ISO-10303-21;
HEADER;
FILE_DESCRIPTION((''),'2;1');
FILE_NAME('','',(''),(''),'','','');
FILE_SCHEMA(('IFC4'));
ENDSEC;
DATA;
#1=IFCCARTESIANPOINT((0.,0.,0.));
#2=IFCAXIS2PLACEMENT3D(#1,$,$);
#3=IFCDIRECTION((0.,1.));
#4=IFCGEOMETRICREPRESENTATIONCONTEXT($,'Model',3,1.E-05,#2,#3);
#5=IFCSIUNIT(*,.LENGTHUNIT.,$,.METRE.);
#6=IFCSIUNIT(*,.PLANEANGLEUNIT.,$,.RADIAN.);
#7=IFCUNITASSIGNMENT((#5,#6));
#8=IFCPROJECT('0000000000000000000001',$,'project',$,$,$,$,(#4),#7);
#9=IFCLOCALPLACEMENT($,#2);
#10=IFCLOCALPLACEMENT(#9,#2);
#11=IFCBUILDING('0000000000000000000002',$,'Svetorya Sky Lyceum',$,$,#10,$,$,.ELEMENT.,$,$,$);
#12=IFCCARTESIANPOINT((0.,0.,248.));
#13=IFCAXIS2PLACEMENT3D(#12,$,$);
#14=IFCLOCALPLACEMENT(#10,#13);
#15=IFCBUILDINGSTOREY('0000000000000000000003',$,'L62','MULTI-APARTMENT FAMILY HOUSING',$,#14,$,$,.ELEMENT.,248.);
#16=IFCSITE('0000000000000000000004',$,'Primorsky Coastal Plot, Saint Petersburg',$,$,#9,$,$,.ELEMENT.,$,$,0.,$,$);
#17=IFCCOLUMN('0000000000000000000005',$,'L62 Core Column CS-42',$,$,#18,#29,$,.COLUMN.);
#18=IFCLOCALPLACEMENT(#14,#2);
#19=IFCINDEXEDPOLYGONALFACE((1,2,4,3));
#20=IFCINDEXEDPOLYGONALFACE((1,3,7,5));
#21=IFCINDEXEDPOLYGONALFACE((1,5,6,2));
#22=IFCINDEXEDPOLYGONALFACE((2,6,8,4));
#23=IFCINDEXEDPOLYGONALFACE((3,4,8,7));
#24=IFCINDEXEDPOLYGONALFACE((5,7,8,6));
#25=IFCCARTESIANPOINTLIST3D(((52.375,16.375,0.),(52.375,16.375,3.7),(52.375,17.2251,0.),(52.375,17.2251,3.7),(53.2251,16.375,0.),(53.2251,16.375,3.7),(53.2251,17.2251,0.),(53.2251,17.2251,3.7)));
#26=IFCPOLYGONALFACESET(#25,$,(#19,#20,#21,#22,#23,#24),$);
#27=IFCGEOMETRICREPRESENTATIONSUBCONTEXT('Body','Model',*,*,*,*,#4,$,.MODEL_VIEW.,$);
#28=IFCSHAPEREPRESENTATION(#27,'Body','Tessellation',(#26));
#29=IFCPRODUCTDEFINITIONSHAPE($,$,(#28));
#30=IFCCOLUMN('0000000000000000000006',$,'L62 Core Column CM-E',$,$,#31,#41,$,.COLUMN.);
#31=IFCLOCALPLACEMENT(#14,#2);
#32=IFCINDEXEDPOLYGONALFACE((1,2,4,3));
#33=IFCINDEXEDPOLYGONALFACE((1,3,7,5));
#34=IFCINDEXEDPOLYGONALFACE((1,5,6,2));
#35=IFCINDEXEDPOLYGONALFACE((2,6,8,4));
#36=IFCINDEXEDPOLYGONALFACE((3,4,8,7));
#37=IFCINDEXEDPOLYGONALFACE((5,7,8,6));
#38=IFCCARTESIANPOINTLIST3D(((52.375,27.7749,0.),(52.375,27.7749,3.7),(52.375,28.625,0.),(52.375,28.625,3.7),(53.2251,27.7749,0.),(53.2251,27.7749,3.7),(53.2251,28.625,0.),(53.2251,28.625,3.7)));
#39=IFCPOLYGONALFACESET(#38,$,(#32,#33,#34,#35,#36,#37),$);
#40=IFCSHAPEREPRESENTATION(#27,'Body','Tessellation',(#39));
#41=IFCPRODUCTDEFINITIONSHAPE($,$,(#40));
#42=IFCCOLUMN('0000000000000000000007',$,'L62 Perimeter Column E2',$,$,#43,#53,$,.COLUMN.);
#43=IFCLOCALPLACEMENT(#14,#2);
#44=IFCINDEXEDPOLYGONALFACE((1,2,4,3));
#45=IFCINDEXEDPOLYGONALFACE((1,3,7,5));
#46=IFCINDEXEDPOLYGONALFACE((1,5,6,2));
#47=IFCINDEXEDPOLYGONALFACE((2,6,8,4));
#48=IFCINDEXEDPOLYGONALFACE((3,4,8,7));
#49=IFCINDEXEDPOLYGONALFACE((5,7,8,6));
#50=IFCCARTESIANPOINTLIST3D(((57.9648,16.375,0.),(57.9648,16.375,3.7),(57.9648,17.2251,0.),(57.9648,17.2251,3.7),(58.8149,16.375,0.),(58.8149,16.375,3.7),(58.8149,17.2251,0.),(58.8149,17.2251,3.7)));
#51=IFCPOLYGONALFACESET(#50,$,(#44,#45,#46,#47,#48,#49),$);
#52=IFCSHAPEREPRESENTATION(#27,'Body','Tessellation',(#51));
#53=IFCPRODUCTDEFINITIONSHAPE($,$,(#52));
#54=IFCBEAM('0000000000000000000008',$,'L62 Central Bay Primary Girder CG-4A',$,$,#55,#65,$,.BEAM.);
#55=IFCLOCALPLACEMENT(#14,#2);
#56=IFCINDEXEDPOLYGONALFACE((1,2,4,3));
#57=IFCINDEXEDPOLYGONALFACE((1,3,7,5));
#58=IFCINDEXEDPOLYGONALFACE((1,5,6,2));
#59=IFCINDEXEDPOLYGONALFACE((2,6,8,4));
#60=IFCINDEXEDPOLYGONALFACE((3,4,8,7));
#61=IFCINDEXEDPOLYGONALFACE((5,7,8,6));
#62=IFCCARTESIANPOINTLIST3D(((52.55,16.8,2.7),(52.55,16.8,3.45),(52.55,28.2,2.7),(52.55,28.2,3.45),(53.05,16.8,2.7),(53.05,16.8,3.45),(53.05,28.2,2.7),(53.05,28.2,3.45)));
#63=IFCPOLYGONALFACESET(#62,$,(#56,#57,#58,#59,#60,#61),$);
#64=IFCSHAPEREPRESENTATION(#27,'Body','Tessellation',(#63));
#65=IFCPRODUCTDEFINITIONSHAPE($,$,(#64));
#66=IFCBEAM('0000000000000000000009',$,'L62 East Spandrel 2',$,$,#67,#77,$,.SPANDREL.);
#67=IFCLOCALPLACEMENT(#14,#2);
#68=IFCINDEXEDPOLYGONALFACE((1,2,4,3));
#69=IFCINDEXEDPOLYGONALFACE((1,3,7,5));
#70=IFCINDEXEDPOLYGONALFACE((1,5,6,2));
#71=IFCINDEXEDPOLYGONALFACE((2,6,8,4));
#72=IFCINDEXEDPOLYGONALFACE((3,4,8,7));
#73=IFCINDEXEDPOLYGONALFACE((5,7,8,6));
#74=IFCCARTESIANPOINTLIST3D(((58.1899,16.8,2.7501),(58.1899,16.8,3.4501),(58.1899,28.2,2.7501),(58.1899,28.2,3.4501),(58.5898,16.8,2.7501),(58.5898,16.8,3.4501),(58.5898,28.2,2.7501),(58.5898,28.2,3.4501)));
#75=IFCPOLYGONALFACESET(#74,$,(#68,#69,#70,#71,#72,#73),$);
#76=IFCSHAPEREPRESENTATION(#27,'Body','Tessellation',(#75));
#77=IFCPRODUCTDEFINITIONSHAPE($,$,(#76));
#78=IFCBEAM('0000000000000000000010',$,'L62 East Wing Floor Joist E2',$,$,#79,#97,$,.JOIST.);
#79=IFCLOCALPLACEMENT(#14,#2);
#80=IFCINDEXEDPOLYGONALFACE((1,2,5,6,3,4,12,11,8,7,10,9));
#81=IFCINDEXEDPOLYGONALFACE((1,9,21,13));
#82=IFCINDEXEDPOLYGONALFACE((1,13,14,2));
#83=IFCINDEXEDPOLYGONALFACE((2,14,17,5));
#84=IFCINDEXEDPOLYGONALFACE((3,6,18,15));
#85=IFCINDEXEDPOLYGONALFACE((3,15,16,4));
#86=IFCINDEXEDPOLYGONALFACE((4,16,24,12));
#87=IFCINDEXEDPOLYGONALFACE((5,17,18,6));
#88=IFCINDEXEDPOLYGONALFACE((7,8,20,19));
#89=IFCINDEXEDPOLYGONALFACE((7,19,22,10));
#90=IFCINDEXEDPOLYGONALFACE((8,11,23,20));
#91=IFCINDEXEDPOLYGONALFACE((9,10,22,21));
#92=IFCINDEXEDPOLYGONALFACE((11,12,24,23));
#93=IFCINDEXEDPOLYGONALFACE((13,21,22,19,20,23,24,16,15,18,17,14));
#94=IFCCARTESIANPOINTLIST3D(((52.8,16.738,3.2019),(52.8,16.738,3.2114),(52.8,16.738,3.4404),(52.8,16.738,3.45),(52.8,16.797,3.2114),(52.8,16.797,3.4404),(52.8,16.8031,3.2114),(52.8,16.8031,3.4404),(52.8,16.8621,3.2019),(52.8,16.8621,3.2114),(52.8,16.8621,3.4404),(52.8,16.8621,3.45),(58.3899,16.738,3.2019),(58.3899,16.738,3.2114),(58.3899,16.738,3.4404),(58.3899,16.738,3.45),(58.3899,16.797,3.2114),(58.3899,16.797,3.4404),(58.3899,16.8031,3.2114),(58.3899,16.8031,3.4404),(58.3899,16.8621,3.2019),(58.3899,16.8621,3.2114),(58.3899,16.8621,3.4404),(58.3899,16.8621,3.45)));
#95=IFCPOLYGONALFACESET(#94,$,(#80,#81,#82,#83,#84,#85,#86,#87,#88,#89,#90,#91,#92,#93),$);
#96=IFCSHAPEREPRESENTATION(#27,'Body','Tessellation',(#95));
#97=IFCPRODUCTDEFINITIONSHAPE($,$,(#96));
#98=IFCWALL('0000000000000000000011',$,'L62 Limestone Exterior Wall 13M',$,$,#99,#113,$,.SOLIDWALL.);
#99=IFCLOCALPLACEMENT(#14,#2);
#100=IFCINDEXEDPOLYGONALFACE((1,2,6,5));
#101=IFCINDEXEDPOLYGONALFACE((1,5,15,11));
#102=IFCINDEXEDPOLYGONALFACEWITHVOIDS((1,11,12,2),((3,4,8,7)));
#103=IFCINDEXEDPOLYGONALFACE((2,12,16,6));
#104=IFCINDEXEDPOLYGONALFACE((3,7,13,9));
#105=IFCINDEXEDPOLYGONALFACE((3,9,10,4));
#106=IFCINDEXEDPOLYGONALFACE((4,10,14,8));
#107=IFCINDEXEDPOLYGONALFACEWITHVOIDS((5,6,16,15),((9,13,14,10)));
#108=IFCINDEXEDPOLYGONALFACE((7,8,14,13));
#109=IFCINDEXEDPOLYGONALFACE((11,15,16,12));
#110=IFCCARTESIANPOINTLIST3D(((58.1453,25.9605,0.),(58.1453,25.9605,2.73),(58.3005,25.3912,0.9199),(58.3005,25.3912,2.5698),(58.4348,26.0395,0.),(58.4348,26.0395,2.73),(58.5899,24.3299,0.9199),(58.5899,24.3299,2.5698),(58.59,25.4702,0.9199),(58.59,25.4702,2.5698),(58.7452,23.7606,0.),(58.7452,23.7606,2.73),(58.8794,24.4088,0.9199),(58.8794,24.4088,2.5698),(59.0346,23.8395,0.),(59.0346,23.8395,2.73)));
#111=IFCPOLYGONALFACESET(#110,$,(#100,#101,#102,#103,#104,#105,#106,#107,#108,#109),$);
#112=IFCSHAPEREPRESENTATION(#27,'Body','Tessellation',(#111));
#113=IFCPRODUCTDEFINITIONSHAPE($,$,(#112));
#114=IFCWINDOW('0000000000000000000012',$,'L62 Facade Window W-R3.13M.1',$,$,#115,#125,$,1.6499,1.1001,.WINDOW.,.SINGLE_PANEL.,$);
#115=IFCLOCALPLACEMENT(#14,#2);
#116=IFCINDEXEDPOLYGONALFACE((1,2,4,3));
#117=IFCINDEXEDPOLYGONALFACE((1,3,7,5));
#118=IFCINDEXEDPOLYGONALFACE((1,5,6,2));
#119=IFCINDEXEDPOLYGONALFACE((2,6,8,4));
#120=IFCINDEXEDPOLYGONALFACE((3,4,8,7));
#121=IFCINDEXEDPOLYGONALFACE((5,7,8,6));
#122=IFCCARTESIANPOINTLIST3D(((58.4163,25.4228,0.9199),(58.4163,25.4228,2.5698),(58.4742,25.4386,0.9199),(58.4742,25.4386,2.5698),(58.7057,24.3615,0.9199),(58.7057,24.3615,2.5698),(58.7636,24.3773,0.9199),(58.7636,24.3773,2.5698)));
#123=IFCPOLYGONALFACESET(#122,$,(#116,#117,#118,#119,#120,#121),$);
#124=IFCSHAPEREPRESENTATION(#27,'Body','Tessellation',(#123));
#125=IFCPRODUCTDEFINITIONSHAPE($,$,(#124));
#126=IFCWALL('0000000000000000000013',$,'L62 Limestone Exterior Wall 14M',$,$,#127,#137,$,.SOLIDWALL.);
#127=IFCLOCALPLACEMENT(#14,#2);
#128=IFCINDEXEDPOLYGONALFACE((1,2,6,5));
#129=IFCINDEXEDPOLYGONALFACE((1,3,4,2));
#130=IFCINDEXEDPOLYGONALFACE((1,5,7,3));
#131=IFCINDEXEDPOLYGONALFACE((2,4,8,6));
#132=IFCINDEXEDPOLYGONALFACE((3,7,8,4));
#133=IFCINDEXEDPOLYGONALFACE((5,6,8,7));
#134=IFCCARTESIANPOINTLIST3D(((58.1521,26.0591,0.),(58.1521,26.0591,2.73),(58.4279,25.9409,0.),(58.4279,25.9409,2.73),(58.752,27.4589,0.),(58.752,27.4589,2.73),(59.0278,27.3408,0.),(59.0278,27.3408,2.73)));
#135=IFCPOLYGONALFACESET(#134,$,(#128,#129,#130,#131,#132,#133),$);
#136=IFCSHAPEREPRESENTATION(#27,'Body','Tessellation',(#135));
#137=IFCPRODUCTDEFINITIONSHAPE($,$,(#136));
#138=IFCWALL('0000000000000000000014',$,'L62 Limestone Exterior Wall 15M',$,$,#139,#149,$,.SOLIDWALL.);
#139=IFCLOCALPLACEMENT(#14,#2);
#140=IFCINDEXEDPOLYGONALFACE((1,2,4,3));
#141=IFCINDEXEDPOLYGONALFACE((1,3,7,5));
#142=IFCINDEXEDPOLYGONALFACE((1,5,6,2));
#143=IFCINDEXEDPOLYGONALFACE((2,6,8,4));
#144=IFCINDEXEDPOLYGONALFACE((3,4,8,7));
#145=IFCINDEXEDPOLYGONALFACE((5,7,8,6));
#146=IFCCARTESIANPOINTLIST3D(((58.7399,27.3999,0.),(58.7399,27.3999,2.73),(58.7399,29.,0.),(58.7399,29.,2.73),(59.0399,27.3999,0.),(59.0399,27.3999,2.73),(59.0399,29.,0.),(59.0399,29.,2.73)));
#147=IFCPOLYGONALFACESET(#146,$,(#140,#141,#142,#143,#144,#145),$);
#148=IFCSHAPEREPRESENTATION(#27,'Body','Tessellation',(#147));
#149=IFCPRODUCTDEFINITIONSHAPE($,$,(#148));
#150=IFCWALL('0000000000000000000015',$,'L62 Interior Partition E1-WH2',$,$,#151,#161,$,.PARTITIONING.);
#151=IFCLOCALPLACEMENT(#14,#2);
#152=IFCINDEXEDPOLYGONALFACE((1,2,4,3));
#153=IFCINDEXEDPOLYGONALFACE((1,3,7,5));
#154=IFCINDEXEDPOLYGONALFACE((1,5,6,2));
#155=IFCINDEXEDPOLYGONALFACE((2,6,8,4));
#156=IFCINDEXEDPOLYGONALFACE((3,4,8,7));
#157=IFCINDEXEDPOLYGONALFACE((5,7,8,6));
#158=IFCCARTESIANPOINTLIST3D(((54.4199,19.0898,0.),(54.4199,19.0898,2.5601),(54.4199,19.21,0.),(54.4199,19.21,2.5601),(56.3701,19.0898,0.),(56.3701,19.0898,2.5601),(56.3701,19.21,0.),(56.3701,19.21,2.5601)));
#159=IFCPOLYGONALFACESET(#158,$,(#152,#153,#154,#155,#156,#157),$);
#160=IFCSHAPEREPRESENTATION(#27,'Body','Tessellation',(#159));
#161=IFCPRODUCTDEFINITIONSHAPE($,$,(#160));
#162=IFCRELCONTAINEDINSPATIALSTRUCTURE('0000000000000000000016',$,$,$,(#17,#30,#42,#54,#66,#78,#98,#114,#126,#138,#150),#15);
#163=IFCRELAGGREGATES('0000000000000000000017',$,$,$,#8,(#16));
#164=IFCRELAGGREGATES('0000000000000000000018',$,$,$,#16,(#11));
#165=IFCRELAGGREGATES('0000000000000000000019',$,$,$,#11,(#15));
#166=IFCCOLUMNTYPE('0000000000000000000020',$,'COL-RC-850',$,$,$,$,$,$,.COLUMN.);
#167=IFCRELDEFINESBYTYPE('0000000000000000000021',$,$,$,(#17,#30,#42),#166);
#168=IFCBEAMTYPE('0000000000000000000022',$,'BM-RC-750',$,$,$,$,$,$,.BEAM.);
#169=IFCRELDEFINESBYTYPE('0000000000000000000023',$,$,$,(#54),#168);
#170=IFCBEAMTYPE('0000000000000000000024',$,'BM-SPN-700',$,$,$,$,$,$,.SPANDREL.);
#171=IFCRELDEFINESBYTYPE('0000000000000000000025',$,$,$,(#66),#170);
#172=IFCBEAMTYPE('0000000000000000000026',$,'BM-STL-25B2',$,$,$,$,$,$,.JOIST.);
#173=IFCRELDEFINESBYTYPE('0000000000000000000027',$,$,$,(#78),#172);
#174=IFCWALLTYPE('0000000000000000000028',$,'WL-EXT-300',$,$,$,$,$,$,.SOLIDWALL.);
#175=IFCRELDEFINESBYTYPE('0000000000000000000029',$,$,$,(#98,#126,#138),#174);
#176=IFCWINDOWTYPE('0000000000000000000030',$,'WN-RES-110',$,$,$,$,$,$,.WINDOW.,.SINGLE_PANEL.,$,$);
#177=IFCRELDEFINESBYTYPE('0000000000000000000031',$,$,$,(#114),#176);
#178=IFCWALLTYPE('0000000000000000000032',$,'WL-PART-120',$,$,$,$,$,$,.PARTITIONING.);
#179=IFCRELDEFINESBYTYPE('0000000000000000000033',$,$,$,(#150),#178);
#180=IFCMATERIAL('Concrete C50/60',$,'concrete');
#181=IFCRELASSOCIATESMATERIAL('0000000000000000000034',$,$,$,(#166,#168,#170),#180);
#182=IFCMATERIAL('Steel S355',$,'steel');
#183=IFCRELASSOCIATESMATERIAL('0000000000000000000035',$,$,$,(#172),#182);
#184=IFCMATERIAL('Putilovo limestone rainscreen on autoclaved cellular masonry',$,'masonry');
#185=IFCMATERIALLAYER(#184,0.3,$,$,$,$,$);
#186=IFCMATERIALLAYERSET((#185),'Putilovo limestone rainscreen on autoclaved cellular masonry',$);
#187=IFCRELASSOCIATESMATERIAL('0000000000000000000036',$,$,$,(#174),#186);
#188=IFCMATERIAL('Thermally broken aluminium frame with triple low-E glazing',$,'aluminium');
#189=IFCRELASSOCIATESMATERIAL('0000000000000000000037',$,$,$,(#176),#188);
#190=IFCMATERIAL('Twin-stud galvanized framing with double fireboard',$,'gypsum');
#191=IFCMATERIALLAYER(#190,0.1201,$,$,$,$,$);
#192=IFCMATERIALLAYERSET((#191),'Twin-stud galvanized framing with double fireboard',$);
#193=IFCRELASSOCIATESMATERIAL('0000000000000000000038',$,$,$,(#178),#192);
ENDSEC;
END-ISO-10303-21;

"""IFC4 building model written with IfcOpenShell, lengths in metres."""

from ifc_helpers import new_model, si_unit, direction, frame, frame_2d, origin, origin_2d, place, context, subcontext, project, spatial, rectangle, i_section, extrude, material, layer, layer_set, material_profile, profile_set, type_object, element, fill, save


model = new_model("IFC4")

# Units and contexts
model_context = context("Model", 3, precision=1e-05, world=origin(), true_north=direction((0.0, 1.0)))
body_context = subcontext(model_context, "Body", "Model", "MODEL_VIEW")
ifc_project = project(units=[si_unit("LENGTHUNIT", "METRE"), si_unit("PLANEANGLEUNIT", "RADIAN")], contexts=[model_context])

# Site, building, storey
site_placement = place(None, origin())
site = spatial("IfcSite", under=ifc_project, at=site_placement, Name="Primorsky Coastal Plot, Saint Petersburg", CompositionType="ELEMENT", RefElevation=0.0)
building_placement = place(site_placement, origin())
building = spatial("IfcBuilding", under=site, at=building_placement, Name="Svetorya Sky Lyceum", CompositionType="ELEMENT")
storey_placement = place(building_placement, frame((0.0, 0.0, 248.0)))
storey = spatial("IfcBuildingStorey", under=building, at=storey_placement, Name="L62", Description="MULTI-APARTMENT FAMILY HOUSING", CompositionType="ELEMENT", Elevation=248.0)

# Columns
ifc_material_1 = material(Name="Concrete C50/60", Category="concrete")
ifc_material_profile_1 = material_profile(ifc_material_1, rectangle(XDim=0.8501, YDim=0.8501, at=origin_2d()), Name="RC COL 850x850")
ifc_profile_set_1 = profile_set([ifc_material_profile_1], Name="Concrete C50/60")
column_type = type_object("IfcColumnType", Name="COL-RC-850", PredefinedType="COLUMN", material=ifc_profile_set_1)
for number, where, z_axis, x_axis, name in (
    (1, (52.8, 16.8, 0.0), (0.0, 0.0, 1.0), (1.0, 0.0, 0.0), "L62 Core Column CS-42"),
    (2, (52.8, 28.2, 0.0), (0.0, 0.0, 1.0), (1.0, 0.0, 0.0), "L62 Core Column CM-E"),
    (3, (58.3899, 16.8, 0.0), (0.0, 0.0, 1.0), (1.0, 0.0, 0.0), "L62 Perimeter Column E2"),
):
    element("IfcColumn", number, at=place(storey_placement, frame(where, z_axis=z_axis, x_axis=x_axis)), inside=storey, type_object=column_type, Name=name, PredefinedType="COLUMN", context=body_context, shape_type="SweptSolid", body=[
        extrude(rectangle(XDim=0.8501, YDim=0.8501, at=origin_2d()), origin(), (0.0, 0.0, 1.0), 3.7),
    ])

# Beams
ifc_material_profile_2 = material_profile(ifc_material_1, rectangle(XDim=0.5, YDim=0.75, at=origin_2d()), Name="RC BEAM 500x750")
ifc_profile_set_2 = profile_set([ifc_material_profile_2], Name="Concrete C50/60")
beam_type_1 = type_object("IfcBeamType", Name="BM-RC-750", PredefinedType="BEAM", material=ifc_profile_set_2)
beam_1_placement = place(storey_placement, frame((52.8, 16.8, 3.075), z_axis=(0.0, 1.0, 0.0), x_axis=(-1.0, 0.0, 0.0)))
element("IfcBeam", 4, at=beam_1_placement, inside=storey, type_object=beam_type_1, Name="L62 Central Bay Primary Girder CG-4A", PredefinedType="BEAM", context=body_context, shape_type="SweptSolid", body=[
    extrude(rectangle(XDim=0.5, YDim=0.75, at=origin_2d()), origin(), (0.0, 0.0, 1.0), 11.3999),
])
ifc_material_profile_3 = material_profile(ifc_material_1, rectangle(XDim=0.3999, YDim=0.7, at=origin_2d()), Name="RC SPANDREL 400x700")
ifc_profile_set_3 = profile_set([ifc_material_profile_3], Name="Concrete C50/60")
beam_type_2 = type_object("IfcBeamType", Name="BM-SPN-700", PredefinedType="SPANDREL", material=ifc_profile_set_3)
beam_2_placement = place(storey_placement, frame((58.3899, 16.8, 3.1001), z_axis=(0.0, 1.0, 0.0), x_axis=(-1.0, 0.0, 0.0)))
element("IfcBeam", 5, at=beam_2_placement, inside=storey, type_object=beam_type_2, Name="L62 East Spandrel 2", PredefinedType="SPANDREL", context=body_context, shape_type="SweptSolid", body=[
    extrude(rectangle(XDim=0.3999, YDim=0.7, at=origin_2d()), origin(), (0.0, 0.0, 1.0), 11.3999),
])
ifc_material_2 = material(Name="Steel S355", Category="steel")
ifc_material_profile_4 = material_profile(ifc_material_2, i_section(OverallWidth=0.124, OverallDepth=0.248, WebThickness=0.0061, FlangeThickness=0.0095, at=origin_2d()), Name="GOST 25B2")
ifc_profile_set_4 = profile_set([ifc_material_profile_4], Name="Steel S355")
beam_type_3 = type_object("IfcBeamType", Name="BM-STL-25B2", PredefinedType="JOIST", material=ifc_profile_set_4)
beam_3_placement = place(storey_placement, frame((52.8, 16.8, 3.3259), z_axis=(1.0, 0.0, 0.0), x_axis=(0.0, 1.0, 0.0)))
element("IfcBeam", 6, at=beam_3_placement, inside=storey, type_object=beam_type_3, Name="L62 East Wing Floor Joist E2", PredefinedType="JOIST", context=body_context, shape_type="SweptSolid", body=[
    extrude(i_section(OverallWidth=0.124, OverallDepth=0.248, WebThickness=0.0061, FlangeThickness=0.0095, at=origin_2d()), origin(), (0.0, 0.0, 1.0), 5.5898),
])

# Wall, opening, window
ifc_material_3 = material(Name="Putilovo limestone rainscreen on autoclaved cellular masonry", Category="masonry")
ifc_layer_1 = layer(ifc_material_3, 0.3)
ifc_layer_set_1 = layer_set([ifc_layer_1], Name="Putilovo limestone rainscreen on autoclaved cellular masonry")
wall_type_1 = type_object("IfcWallType", Name="WL-EXT-300", PredefinedType="SOLIDWALL", material=ifc_layer_set_1)
wall_1_placement = place(storey_placement, frame((58.8899, 23.8, 0.0), z_axis=(0.0, 0.0, 1.0), x_axis=(-0.263063, 0.964779, 0.0)))
wall_1 = element("IfcWall", 7, at=wall_1_placement, inside=storey, type_object=wall_type_1, Name="L62 Limestone Exterior Wall 13M", PredefinedType="SOLIDWALL", context=body_context, shape_type="SweptSolid", body=[
    extrude(rectangle(XDim=2.2803, YDim=0.3, at=frame_2d((1.1401, 0.0))), origin(), (0.0, 0.0, 1.0), 2.73),
])
opening_1_placement = place(wall_1_placement, frame((0.5901, 0.0, 0.9199)))
opening_1 = element("IfcOpeningElement", 8, at=opening_1_placement, cuts=wall_1, PredefinedType="OPENING", context=body_context, shape_type="SweptSolid", body=[
    extrude(rectangle(XDim=1.1001, YDim=1.6499, at=frame_2d((0.55, 0.825))), frame((0.0, 0.1599, 0.0), z_axis=(0.0, -1.0, 0.0), x_axis=(1.0, 0.0, 0.0)), (0.0, 0.0, 1.0), 0.3201),
])
ifc_material_4 = material(Name="Thermally broken aluminium frame with triple low-E glazing", Category="aluminium")
window_type = type_object("IfcWindowType", Name="WN-RES-110", PartitioningType="SINGLE_PANEL", PredefinedType="WINDOW", material=ifc_material_4)
window_placement = place(opening_1_placement, origin())
window = element("IfcWindow", 9, at=window_placement, inside=storey, type_object=window_type, Name="L62 Facade Window W-R3.13M.1", OverallHeight=1.6499, OverallWidth=1.1001, PartitioningType="SINGLE_PANEL", PredefinedType="WINDOW", context=body_context, shape_type="SweptSolid", body=[
    extrude(rectangle(XDim=1.1001, YDim=1.6499, at=frame_2d((0.55, 0.825))), frame((0.0, 0.03, 0.0), z_axis=(0.0, -1.0, 0.0), x_axis=(1.0, 0.0, 0.0)), (0.0, 0.0, 1.0), 0.0601),
])
fill(opening_1, window)

# Walls
wall_2_placement = place(storey_placement, frame((58.29, 26.0, 0.0), z_axis=(0.0, 0.0, 1.0), x_axis=(0.393861, 0.91917, 0.0)))
element("IfcWall", 10, at=wall_2_placement, inside=storey, type_object=wall_type_1, Name="L62 Limestone Exterior Wall 14M", PredefinedType="SOLIDWALL", context=body_context, shape_type="SweptSolid", body=[
    extrude(rectangle(XDim=1.5229, YDim=0.3, at=frame_2d((0.7615, 0.0))), origin(), (0.0, 0.0, 1.0), 2.73),
])
wall_3_placement = place(storey_placement, frame((58.8899, 27.3999, 0.0), z_axis=(0.0, 0.0, 1.0), x_axis=(0.0, 1.0, 0.0)))
element("IfcWall", 11, at=wall_3_placement, inside=storey, type_object=wall_type_1, Name="L62 Limestone Exterior Wall 15M", PredefinedType="SOLIDWALL", context=body_context, shape_type="SweptSolid", body=[
    extrude(rectangle(XDim=1.6001, YDim=0.3, at=frame_2d((0.8, 0.0))), origin(), (0.0, 0.0, 1.0), 2.73),
])
ifc_material_5 = material(Name="Twin-stud galvanized framing with double fireboard", Category="gypsum")
ifc_layer_2 = layer(ifc_material_5, 0.1201)
ifc_layer_set_2 = layer_set([ifc_layer_2], Name="Twin-stud galvanized framing with double fireboard")
wall_type_2 = type_object("IfcWallType", Name="WL-PART-120", PredefinedType="PARTITIONING", material=ifc_layer_set_2)
wall_4_placement = place(storey_placement, frame((54.4199, 19.1499, 0.0), z_axis=(0.0, 0.0, 1.0), x_axis=(1.0, 0.0, 0.0)))
element("IfcWall", 12, at=wall_4_placement, inside=storey, type_object=wall_type_2, Name="L62 Interior Partition E1-WH2", PredefinedType="PARTITIONING", context=body_context, shape_type="SweptSolid", body=[
    extrude(rectangle(XDim=1.9502, YDim=0.1201, at=frame_2d((0.9751, 0.0))), origin(), (0.0, 0.0, 1.0), 2.5601),
])

save(model, "model.ifc")
